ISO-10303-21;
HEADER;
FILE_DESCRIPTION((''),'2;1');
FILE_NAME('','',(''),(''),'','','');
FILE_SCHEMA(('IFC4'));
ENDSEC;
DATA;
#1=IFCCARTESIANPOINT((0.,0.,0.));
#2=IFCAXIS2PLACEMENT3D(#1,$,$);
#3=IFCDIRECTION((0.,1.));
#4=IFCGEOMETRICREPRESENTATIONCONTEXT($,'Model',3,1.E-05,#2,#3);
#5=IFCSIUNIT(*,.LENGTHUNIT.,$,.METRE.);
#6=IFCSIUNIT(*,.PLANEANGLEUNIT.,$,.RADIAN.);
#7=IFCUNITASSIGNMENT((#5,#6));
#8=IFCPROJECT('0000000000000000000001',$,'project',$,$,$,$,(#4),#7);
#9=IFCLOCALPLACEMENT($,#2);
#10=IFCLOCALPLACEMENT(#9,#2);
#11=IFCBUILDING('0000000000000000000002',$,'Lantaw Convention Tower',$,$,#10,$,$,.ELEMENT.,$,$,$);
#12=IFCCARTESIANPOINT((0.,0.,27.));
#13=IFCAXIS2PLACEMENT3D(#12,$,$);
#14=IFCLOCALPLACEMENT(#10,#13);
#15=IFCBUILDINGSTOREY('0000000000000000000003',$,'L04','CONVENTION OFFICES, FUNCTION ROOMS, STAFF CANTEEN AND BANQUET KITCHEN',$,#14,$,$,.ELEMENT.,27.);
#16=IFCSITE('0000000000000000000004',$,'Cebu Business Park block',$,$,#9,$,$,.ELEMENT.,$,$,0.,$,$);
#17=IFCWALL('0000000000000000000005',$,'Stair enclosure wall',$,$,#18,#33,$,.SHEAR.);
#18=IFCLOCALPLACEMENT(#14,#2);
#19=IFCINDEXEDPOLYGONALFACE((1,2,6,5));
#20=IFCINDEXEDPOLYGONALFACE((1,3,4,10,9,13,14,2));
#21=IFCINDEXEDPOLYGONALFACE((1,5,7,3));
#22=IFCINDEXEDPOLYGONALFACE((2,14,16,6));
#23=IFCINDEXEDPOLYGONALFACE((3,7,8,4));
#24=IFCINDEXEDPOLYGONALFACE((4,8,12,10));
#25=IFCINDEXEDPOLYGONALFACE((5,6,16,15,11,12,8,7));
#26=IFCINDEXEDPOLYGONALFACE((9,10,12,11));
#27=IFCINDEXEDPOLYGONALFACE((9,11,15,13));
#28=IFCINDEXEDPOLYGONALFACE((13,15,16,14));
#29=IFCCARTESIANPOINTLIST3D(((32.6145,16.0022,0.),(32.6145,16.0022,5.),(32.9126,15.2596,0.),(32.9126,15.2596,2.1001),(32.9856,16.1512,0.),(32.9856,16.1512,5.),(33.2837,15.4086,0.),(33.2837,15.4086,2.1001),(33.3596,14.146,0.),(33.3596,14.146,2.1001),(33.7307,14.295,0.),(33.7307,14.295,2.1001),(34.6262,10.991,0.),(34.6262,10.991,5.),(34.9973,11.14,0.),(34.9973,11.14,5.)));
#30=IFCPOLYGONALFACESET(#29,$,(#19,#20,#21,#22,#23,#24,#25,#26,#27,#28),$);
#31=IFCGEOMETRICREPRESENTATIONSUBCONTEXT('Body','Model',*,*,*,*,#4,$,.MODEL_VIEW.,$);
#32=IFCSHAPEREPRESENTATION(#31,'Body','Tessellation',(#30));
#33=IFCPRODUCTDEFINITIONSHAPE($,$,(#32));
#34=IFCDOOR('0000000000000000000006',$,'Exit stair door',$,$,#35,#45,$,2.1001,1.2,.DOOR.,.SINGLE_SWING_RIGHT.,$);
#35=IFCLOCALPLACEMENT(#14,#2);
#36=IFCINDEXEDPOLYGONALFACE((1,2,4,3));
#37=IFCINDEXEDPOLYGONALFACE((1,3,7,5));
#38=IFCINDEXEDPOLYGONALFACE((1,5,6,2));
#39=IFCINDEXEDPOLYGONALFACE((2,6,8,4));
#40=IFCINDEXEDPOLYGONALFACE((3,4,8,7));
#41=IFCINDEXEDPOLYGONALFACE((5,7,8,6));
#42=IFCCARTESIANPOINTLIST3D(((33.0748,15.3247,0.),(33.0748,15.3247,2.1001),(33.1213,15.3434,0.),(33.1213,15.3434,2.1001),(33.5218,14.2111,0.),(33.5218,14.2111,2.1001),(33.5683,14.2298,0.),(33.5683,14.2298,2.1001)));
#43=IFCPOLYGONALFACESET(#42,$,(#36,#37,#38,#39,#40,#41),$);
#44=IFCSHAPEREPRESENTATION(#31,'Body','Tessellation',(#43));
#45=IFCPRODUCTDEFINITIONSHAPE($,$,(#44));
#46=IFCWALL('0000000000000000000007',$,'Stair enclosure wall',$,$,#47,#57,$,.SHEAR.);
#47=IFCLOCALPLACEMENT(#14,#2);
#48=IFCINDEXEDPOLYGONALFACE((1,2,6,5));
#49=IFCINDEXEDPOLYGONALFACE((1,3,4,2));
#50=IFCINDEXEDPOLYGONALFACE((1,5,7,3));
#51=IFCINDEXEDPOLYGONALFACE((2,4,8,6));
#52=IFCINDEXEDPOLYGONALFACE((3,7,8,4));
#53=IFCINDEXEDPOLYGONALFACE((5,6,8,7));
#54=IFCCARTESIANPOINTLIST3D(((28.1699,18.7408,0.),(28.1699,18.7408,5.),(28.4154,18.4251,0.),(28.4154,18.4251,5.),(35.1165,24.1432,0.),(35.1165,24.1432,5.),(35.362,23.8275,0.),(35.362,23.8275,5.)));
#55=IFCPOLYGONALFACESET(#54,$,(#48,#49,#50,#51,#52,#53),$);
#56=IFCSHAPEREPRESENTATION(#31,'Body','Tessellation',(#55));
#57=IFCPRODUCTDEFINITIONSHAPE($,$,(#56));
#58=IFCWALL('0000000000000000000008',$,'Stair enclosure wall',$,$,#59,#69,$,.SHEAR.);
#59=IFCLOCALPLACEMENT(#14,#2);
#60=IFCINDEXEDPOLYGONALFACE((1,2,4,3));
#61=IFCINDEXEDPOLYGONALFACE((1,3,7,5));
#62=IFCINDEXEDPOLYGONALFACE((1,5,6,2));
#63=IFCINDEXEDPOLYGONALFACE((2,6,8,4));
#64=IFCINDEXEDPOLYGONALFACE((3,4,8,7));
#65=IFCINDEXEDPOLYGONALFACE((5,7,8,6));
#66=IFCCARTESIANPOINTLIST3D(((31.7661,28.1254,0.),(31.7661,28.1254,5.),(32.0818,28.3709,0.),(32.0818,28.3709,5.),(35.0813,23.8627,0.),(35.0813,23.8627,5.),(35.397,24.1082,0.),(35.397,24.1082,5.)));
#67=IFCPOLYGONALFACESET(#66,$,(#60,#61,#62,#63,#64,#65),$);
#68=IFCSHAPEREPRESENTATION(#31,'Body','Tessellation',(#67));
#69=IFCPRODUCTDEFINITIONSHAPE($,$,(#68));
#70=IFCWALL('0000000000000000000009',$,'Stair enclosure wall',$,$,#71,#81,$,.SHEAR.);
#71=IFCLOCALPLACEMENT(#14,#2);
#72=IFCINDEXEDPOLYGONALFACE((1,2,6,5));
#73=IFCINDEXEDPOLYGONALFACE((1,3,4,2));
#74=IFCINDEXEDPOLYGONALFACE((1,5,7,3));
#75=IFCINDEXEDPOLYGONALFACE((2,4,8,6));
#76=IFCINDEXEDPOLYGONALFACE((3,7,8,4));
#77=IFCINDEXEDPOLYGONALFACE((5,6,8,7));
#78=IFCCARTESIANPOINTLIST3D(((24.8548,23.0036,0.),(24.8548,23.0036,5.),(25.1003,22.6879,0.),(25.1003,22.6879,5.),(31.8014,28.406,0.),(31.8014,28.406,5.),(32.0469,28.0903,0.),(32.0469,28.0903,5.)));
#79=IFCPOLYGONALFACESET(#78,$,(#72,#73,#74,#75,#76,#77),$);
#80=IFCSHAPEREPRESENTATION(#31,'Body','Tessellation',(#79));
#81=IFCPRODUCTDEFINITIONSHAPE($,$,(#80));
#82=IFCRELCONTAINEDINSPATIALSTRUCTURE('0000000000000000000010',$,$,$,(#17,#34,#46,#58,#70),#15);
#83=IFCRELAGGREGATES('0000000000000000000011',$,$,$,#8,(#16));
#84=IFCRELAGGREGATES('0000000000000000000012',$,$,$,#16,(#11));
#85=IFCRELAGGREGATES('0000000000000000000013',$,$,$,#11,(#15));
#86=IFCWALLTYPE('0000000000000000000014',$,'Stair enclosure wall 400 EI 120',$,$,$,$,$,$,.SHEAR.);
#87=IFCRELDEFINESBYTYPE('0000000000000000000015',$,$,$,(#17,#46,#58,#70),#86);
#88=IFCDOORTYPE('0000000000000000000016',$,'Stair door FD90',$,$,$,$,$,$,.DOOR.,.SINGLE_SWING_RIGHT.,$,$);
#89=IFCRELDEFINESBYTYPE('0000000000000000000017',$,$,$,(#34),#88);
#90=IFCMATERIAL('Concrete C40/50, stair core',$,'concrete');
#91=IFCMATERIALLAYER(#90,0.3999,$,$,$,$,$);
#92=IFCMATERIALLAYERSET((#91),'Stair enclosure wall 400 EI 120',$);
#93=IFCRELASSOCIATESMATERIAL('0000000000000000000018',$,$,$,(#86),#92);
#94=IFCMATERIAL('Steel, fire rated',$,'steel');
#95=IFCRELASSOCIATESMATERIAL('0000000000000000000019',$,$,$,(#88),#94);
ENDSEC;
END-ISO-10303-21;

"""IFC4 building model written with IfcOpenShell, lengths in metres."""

from ifc_helpers import new_model, si_unit, direction, frame, frame_2d, origin, place, context, subcontext, project, spatial, rectangle, extrude, material, layer, layer_set, type_object, element, fill, save


model = new_model("IFC4")

# Units and contexts
model_context = context("Model", 3, precision=1e-05, world=origin(), true_north=direction((0.0, 1.0)))
body_context = subcontext(model_context, "Body", "Model", "MODEL_VIEW")
ifc_project = project(units=[si_unit("LENGTHUNIT", "METRE"), si_unit("PLANEANGLEUNIT", "RADIAN")], contexts=[model_context])

# Site, building, storey
site_placement = place(None, origin())
site = spatial("IfcSite", under=ifc_project, at=site_placement, Name="Cebu Business Park block", CompositionType="ELEMENT", RefElevation=0.0)
building_placement = place(site_placement, origin())
building = spatial("IfcBuilding", under=site, at=building_placement, Name="Lantaw Convention Tower", CompositionType="ELEMENT")
storey_placement = place(building_placement, frame((0.0, 0.0, 27.0)))
storey = spatial("IfcBuildingStorey", under=building, at=storey_placement, Name="L04", Description="CONVENTION OFFICES, FUNCTION ROOMS, STAFF CANTEEN AND BANQUET KITCHEN", CompositionType="ELEMENT", Elevation=27.0)

# Shared definitions
ifc_material_1 = material(Name="Concrete C40/50, stair core", Category="concrete")
ifc_layer_1 = layer(ifc_material_1, 0.3999)
ifc_layer_set_1 = layer_set([ifc_layer_1], Name="Stair enclosure wall 400 EI 120")
wall_type_1 = type_object("IfcWallType", Name="Stair enclosure wall 400 EI 120", PredefinedType="SHEAR", material=ifc_layer_set_1)

# Wall, opening, door
wall_1_placement = place(storey_placement, frame((32.8, 16.0767, 0.0), z_axis=(0.0, 0.0, 1.0), x_axis=(0.372544, -0.928015, 0.0)))
wall_1 = element("IfcWall", 1, at=wall_1_placement, inside=storey, type_object=wall_type_1, Name="Stair enclosure wall", PredefinedType="SHEAR", context=body_context, shape_type="SweptSolid", body=[
    extrude(rectangle(XDim=5.3999, YDim=0.3999, at=frame_2d((2.7, 0.0))), origin(), (0.0, 0.0, 1.0), 5.0),
])
opening_1_placement = place(wall_1_placement, frame((0.8, 0.0, 0.0)))
opening_1 = element("IfcOpeningElement", 2, at=opening_1_placement, cuts=wall_1, PredefinedType="OPENING", context=body_context, shape_type="SweptSolid", body=[
    extrude(rectangle(XDim=1.2, YDim=2.1001, at=frame_2d((0.6001, 1.05))), frame((0.0, 0.21, 0.0), z_axis=(0.0, -1.0, 0.0), x_axis=(1.0, 0.0, 0.0)), (0.0, 0.0, 1.0), 0.4199),
])
ifc_material_2 = material(Name="Steel, fire rated", Category="steel")
door_type = type_object("IfcDoorType", Name="Stair door FD90", OperationType="SINGLE_SWING_RIGHT", PredefinedType="DOOR", material=ifc_material_2)
door_placement = place(opening_1_placement, origin())
door = element("IfcDoor", 3, at=door_placement, inside=storey, type_object=door_type, Name="Exit stair door", OperationType="SINGLE_SWING_RIGHT", OverallHeight=2.1001, OverallWidth=1.2, PredefinedType="DOOR", context=body_context, shape_type="SweptSolid", body=[
    extrude(rectangle(XDim=1.2, YDim=2.1001, at=frame_2d((0.6001, 1.05))), frame((0.0, 0.0249, 0.0), z_axis=(0.0, -1.0, 0.0), x_axis=(1.0, 0.0, 0.0)), (0.0, 0.0, 1.0), 0.05),
])
fill(opening_1, door)

# Walls
wall_2_placement = place(storey_placement, frame((28.2927, 18.583, 0.0), z_axis=(0.0, 0.0, 1.0), x_axis=(0.789381, 0.613904, 0.0)))
element("IfcWall", 4, at=wall_2_placement, inside=storey, type_object=wall_type_1, Name="Stair enclosure wall", PredefinedType="SHEAR", context=body_context, shape_type="SweptSolid", body=[
    extrude(rectangle(XDim=8.8, YDim=0.3999, at=frame_2d((4.3999, 0.0))), origin(), (0.0, 0.0, 1.0), 5.0),
])
wall_3_placement = place(storey_placement, frame((35.2393, 23.9854, 0.0), z_axis=(0.0, 0.0, 1.0), x_axis=(-0.613912, 0.789374, 0.0)))
element("IfcWall", 5, at=wall_3_placement, inside=storey, type_object=wall_type_1, Name="Stair enclosure wall", PredefinedType="SHEAR", context=body_context, shape_type="SweptSolid", body=[
    extrude(rectangle(XDim=5.4001, YDim=0.3999, at=frame_2d((2.7002, 0.0))), origin(), (0.0, 0.0, 1.0), 5.0),
])
wall_4_placement = place(storey_placement, frame((31.9241, 28.248, 0.0), z_axis=(0.0, 0.0, 1.0), x_axis=(-0.789381, -0.613904, 0.0)))
element("IfcWall", 6, at=wall_4_placement, inside=storey, type_object=wall_type_1, Name="Stair enclosure wall", PredefinedType="SHEAR", context=body_context, shape_type="SweptSolid", body=[
    extrude(rectangle(XDim=8.8, YDim=0.3999, at=frame_2d((4.3999, 0.0))), origin(), (0.0, 0.0, 1.0), 5.0),
])

save(model, "model.ifc")
